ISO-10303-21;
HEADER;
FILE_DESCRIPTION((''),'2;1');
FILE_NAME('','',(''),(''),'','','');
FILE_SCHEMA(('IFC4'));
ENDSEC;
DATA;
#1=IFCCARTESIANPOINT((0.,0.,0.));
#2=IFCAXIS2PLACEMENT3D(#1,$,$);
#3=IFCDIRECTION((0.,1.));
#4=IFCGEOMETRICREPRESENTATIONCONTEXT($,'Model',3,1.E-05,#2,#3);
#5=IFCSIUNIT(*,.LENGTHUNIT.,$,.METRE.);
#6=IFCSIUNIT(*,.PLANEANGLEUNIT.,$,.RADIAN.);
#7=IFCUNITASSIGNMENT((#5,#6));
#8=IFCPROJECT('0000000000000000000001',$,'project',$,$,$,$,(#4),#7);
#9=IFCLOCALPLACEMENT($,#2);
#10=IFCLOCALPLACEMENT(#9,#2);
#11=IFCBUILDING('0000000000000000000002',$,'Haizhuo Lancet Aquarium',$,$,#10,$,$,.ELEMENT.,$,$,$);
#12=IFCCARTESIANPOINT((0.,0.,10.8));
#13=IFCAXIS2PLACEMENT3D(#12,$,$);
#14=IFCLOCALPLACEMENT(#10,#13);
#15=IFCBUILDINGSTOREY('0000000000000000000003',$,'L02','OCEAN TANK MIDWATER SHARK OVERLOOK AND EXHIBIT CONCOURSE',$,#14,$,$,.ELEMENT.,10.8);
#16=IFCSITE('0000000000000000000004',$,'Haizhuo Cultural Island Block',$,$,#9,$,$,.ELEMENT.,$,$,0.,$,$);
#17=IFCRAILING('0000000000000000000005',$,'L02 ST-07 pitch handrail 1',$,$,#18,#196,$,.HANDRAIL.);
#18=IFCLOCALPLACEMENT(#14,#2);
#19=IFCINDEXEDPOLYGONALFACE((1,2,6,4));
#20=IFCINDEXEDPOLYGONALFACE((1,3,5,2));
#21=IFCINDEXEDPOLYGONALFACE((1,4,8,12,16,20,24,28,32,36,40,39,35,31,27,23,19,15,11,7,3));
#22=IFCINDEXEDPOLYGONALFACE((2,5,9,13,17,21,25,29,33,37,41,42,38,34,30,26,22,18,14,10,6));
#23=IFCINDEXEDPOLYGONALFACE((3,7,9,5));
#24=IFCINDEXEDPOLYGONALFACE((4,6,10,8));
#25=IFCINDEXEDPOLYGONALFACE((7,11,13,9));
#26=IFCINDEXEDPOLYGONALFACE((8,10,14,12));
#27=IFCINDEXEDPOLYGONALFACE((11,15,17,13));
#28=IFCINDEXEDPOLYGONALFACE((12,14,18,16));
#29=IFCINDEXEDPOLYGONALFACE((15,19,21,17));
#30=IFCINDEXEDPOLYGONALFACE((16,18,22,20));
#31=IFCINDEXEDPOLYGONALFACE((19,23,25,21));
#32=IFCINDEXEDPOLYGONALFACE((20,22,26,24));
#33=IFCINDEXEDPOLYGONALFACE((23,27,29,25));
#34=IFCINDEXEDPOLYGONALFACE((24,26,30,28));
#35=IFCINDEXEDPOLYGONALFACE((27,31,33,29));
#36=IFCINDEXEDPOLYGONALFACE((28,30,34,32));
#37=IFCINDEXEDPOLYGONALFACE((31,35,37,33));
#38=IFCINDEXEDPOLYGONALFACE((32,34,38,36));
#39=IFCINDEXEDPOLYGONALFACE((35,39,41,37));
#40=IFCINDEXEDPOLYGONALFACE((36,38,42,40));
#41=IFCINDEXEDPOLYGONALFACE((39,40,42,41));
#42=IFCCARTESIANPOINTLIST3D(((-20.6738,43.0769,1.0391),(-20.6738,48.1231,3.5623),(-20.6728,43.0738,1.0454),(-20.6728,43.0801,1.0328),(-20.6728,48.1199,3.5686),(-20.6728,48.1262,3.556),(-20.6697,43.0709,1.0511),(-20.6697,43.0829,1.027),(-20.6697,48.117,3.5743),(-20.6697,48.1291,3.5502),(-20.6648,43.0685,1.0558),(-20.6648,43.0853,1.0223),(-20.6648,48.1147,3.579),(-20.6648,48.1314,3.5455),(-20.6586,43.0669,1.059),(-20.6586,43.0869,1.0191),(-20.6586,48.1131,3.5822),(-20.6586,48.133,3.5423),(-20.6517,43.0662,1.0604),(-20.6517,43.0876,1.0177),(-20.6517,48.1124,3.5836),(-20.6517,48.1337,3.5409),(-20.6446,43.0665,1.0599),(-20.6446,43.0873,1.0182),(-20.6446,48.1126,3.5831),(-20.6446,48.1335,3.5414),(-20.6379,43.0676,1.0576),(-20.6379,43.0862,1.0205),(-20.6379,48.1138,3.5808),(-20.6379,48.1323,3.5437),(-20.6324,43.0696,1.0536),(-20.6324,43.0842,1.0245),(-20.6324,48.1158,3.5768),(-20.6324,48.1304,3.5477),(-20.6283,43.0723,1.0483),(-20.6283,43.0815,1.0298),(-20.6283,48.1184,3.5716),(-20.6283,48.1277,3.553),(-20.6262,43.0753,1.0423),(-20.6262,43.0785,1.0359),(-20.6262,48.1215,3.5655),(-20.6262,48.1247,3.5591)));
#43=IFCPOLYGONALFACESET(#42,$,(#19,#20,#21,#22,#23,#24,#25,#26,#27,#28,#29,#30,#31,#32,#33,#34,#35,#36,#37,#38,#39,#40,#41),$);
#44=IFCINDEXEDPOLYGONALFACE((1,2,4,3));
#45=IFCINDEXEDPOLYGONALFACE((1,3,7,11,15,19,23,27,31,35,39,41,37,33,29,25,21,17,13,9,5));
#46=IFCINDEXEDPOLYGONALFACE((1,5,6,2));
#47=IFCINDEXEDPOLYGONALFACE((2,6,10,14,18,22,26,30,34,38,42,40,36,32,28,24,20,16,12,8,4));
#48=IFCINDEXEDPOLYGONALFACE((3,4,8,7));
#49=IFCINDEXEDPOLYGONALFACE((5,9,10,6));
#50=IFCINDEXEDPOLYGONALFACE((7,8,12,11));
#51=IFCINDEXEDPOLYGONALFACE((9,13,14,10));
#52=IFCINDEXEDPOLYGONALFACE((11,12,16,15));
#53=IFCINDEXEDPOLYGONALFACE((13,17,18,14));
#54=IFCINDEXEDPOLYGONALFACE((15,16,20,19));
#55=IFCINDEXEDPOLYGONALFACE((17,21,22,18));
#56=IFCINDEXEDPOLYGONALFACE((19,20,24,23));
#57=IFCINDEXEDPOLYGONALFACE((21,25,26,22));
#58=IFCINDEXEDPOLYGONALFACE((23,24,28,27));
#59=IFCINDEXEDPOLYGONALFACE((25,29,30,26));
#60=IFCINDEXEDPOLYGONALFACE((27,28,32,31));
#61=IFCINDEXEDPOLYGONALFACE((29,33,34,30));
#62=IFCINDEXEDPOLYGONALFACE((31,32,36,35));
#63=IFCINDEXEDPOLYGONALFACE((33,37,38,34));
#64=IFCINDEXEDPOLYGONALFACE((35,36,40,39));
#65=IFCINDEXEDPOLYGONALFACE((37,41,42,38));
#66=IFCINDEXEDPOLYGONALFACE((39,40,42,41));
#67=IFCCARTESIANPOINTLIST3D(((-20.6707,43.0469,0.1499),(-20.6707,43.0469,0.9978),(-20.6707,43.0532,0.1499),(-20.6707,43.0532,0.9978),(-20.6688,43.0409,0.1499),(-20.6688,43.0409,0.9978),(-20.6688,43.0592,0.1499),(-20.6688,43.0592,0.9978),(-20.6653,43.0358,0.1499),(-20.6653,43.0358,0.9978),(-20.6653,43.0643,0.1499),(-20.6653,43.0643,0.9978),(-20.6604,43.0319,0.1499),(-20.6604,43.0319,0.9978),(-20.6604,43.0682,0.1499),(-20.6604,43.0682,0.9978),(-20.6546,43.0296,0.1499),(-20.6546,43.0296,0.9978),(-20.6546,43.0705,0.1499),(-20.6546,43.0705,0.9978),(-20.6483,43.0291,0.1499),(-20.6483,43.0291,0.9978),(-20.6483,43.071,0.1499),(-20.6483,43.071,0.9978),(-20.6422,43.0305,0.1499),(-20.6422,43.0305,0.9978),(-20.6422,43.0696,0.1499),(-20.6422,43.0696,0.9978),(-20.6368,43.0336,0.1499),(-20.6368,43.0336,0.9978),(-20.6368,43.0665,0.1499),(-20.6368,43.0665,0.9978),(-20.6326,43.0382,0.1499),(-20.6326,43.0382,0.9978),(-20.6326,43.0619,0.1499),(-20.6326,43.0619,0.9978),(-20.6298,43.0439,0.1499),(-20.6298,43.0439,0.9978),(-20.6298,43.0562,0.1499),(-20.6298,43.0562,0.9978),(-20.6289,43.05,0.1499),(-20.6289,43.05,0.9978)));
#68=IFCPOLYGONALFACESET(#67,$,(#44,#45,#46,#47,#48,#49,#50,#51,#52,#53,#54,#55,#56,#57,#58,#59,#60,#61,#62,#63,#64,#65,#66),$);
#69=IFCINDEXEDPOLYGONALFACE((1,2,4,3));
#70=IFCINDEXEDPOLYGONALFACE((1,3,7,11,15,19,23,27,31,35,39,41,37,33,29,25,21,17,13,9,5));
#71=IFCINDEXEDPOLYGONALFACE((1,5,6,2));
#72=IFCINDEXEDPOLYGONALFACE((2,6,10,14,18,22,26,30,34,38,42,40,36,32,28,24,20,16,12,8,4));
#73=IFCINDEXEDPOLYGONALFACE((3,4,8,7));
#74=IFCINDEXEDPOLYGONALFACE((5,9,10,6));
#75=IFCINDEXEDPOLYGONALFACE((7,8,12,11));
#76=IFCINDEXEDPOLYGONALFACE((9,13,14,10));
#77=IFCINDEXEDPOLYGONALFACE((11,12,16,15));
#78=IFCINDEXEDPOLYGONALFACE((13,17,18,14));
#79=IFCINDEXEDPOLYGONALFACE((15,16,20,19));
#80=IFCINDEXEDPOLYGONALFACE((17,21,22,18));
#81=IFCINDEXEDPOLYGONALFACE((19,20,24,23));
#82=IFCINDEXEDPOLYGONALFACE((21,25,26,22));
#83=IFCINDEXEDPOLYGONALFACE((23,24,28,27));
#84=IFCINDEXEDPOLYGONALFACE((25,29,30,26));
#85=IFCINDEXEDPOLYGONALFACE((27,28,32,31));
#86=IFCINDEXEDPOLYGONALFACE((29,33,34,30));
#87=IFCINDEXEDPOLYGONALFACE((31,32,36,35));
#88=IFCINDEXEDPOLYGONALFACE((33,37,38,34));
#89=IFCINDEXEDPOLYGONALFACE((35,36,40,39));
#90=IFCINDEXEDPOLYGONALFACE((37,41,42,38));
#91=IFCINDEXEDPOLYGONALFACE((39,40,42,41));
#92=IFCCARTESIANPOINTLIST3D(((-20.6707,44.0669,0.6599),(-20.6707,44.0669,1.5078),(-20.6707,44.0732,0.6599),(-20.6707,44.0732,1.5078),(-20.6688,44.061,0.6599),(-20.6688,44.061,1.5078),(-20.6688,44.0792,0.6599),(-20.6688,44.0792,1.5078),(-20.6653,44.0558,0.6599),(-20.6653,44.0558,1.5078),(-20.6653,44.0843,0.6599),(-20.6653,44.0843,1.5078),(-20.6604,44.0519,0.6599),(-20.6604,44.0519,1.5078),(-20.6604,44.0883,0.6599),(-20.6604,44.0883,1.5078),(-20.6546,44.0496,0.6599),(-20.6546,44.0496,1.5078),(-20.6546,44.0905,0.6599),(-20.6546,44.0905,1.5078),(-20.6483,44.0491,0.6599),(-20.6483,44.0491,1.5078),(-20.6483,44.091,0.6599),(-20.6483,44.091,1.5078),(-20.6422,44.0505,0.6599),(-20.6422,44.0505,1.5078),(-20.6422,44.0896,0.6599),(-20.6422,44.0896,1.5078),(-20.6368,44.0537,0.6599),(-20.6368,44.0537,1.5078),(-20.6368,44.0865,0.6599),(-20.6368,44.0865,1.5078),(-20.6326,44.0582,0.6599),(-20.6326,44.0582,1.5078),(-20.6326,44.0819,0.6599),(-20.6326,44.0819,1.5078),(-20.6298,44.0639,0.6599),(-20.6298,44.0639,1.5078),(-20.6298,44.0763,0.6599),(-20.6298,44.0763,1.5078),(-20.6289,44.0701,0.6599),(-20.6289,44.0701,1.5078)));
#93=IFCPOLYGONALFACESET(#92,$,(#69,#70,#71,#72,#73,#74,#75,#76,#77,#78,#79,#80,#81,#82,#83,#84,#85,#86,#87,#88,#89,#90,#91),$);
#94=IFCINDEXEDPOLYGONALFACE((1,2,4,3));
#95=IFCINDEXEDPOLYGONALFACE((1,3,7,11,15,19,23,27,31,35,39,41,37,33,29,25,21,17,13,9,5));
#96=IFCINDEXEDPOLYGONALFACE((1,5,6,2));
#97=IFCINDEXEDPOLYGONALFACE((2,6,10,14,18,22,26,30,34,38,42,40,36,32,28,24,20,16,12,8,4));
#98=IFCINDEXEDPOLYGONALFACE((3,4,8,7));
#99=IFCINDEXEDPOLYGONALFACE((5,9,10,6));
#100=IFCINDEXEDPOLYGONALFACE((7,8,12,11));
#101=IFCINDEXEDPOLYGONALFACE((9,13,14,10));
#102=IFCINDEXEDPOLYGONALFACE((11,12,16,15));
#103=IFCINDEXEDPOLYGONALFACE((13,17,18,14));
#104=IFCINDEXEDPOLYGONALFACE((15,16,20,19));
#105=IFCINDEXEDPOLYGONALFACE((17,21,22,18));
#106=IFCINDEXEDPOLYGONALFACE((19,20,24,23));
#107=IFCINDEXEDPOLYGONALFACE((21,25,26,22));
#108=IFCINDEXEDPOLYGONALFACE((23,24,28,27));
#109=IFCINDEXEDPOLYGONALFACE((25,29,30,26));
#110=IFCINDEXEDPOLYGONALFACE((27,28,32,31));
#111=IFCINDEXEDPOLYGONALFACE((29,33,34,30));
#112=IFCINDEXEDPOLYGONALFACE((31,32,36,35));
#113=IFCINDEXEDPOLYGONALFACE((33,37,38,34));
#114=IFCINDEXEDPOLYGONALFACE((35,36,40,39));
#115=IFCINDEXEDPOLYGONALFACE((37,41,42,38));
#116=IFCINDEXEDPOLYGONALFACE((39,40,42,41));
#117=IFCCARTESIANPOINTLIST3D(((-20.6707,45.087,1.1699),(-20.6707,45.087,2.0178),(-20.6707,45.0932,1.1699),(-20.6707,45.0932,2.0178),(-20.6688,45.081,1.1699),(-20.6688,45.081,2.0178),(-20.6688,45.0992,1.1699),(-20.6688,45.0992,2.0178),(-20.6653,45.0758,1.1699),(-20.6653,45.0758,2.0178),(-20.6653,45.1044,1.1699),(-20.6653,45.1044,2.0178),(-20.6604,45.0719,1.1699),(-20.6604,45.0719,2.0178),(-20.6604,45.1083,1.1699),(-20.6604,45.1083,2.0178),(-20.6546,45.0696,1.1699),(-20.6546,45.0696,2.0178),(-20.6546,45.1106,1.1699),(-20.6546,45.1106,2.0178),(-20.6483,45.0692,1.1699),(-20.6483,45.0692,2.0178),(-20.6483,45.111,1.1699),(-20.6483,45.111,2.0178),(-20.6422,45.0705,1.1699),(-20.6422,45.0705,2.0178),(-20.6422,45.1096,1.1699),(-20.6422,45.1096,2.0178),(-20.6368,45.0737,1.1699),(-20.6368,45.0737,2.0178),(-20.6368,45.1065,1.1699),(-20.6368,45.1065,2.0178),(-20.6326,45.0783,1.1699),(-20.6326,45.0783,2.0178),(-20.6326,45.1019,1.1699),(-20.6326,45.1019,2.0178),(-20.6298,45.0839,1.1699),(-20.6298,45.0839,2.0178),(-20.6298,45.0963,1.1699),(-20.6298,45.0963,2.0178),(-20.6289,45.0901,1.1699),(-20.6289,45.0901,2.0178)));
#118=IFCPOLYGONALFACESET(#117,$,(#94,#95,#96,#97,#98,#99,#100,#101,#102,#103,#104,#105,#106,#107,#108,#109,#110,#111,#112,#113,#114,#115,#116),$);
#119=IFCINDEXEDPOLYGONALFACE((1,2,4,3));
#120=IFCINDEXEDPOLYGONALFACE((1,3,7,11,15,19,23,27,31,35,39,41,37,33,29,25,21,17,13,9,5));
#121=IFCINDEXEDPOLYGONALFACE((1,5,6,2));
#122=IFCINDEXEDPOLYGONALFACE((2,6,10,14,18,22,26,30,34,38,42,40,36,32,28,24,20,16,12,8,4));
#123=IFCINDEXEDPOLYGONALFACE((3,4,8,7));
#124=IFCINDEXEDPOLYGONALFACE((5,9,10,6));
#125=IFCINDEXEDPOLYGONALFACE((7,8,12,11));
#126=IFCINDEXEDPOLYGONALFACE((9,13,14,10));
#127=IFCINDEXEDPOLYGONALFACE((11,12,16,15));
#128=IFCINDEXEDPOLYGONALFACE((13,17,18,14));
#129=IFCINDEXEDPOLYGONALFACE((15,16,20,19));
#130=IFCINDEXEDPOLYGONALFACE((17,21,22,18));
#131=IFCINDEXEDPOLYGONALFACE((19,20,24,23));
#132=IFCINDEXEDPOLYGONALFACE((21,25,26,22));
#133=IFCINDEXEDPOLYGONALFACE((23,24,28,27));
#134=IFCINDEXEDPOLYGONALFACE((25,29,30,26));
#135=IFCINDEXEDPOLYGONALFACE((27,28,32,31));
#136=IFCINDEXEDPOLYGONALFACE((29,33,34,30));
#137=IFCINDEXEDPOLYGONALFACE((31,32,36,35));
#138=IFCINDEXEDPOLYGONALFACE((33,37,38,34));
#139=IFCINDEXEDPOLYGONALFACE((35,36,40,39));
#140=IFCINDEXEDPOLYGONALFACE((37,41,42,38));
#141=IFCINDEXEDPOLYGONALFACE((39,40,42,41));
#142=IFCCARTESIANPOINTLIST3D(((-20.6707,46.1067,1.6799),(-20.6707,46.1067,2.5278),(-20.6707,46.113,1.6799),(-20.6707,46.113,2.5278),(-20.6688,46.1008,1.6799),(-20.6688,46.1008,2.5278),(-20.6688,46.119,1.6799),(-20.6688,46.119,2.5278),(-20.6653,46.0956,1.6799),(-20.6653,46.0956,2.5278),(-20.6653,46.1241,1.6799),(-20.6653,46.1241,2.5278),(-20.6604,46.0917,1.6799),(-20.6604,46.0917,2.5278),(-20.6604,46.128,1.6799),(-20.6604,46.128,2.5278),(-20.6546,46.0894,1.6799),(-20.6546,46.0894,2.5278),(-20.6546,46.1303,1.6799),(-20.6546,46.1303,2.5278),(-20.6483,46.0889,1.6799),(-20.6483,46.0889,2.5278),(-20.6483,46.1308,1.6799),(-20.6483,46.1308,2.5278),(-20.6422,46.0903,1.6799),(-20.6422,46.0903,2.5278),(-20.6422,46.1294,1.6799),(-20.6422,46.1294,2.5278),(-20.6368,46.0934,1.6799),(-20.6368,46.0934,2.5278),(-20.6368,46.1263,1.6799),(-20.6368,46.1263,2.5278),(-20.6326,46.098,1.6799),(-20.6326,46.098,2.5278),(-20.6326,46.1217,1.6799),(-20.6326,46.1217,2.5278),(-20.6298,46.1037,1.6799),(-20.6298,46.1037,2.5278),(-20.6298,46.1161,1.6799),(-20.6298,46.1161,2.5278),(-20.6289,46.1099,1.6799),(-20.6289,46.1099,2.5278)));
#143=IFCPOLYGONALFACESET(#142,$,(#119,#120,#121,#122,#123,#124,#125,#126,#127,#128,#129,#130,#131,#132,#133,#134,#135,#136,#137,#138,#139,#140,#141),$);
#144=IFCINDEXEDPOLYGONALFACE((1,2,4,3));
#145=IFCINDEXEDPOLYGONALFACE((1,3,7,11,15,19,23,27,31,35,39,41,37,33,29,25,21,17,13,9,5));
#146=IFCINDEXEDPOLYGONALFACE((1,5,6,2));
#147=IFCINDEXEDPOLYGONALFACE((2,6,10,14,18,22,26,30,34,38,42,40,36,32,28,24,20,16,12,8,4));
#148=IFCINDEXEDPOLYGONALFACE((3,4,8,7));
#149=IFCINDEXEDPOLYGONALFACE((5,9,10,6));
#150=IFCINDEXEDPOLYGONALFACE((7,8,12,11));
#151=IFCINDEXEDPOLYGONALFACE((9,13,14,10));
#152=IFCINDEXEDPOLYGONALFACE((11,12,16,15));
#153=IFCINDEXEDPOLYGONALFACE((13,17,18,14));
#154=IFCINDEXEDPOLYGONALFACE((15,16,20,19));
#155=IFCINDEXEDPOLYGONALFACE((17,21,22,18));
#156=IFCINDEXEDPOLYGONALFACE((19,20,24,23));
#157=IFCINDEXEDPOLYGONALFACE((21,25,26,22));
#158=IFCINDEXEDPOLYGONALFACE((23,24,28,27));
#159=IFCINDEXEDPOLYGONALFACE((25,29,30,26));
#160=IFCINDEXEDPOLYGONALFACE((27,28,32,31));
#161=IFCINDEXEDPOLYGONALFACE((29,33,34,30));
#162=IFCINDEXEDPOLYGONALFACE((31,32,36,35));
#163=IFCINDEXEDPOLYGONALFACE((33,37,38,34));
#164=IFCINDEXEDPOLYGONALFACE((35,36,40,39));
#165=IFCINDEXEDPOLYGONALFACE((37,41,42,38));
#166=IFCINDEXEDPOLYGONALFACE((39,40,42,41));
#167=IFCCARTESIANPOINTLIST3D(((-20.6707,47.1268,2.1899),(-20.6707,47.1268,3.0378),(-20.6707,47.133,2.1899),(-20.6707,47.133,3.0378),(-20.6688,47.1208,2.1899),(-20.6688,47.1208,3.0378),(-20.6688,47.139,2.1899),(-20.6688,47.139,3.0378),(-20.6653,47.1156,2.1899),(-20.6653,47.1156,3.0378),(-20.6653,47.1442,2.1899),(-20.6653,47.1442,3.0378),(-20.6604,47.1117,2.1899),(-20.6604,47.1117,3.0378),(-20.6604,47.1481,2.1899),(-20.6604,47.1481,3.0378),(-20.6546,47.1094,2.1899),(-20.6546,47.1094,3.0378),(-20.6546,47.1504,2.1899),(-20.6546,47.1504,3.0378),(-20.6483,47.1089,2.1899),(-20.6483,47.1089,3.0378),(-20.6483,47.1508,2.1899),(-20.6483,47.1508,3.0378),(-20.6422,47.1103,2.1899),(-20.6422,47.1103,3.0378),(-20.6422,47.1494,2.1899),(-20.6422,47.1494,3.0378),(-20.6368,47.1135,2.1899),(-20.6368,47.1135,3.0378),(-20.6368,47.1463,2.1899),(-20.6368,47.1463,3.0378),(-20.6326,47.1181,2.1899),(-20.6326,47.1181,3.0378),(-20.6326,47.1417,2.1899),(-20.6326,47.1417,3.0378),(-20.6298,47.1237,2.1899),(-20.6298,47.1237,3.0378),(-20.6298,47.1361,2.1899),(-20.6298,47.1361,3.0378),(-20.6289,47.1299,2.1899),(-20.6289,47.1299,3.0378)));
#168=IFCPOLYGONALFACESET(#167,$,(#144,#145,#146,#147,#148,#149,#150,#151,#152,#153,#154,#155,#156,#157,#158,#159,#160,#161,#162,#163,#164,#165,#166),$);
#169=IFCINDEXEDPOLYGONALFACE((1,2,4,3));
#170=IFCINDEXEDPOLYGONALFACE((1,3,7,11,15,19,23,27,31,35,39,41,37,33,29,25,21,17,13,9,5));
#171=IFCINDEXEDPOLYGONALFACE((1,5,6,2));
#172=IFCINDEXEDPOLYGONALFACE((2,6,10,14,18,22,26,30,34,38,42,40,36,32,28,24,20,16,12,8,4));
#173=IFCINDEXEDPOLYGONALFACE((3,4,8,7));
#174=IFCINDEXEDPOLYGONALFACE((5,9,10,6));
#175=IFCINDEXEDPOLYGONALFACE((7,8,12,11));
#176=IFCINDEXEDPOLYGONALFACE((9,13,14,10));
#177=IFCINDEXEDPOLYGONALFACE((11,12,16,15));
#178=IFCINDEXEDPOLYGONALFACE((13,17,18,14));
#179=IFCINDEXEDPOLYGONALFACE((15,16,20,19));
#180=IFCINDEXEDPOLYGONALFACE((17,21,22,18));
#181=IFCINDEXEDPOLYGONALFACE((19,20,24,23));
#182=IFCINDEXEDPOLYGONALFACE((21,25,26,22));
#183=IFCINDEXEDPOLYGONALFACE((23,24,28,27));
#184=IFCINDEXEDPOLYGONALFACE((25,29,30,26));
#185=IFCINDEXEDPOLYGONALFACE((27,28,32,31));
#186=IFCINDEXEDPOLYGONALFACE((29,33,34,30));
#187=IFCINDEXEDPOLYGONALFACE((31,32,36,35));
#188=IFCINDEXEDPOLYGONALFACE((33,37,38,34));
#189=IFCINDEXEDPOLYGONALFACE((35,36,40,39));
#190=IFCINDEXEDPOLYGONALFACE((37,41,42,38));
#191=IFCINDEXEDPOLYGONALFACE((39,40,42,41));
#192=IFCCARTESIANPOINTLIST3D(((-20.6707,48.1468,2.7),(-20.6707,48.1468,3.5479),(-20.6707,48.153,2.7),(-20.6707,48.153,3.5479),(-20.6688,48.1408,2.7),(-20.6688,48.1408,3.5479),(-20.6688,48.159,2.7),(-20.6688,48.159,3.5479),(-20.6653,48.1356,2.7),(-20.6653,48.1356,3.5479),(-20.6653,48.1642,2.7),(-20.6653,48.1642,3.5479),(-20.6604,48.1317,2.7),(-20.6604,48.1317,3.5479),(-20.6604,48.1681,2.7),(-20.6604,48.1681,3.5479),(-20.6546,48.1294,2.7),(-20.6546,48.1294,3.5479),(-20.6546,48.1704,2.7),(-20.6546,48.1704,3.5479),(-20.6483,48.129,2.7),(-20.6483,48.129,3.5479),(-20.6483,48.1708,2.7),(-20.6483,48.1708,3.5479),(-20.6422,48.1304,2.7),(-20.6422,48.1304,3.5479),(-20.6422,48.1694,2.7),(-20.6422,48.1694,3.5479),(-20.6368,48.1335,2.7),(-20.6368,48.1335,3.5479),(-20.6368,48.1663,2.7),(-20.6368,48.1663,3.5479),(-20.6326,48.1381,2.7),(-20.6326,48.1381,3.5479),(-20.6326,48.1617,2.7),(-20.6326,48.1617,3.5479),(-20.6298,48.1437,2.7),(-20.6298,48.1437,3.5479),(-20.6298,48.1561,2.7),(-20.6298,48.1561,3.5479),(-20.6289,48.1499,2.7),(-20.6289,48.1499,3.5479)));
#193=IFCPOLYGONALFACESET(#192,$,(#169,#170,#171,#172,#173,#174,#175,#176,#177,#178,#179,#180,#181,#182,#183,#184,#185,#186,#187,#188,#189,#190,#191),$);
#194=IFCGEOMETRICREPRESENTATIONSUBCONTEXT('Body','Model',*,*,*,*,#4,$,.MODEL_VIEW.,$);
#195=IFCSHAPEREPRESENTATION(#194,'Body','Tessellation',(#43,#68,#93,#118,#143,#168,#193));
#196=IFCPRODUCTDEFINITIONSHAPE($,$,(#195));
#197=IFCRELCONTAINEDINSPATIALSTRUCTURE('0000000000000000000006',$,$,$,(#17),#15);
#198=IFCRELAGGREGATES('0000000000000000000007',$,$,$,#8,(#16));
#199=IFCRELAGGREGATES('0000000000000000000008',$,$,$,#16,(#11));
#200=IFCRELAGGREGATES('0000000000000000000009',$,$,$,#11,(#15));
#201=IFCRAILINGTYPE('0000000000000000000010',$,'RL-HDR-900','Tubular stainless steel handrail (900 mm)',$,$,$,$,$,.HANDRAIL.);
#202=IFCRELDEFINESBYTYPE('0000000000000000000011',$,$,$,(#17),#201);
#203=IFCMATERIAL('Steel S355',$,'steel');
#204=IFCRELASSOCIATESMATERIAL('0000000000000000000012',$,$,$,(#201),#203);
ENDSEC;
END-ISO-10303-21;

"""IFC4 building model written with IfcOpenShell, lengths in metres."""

from ifc_helpers import new_model, si_unit, direction, frame, origin, origin_2d, place, context, subcontext, project, spatial, circle, extrude, material, type_object, element, save


model = new_model("IFC4")

# Units and contexts
model_context = context("Model", 3, precision=1e-05, world=origin(), true_north=direction((0.0, 1.0)))
body_context = subcontext(model_context, "Body", "Model", "MODEL_VIEW")
ifc_project = project(units=[si_unit("LENGTHUNIT", "METRE"), si_unit("PLANEANGLEUNIT", "RADIAN")], contexts=[model_context])

# Site, building, storey
site_placement = place(None, origin())
site = spatial("IfcSite", under=ifc_project, at=site_placement, Name="Haizhuo Cultural Island Block", CompositionType="ELEMENT", RefElevation=0.0)
building_placement = place(site_placement, origin())
building = spatial("IfcBuilding", under=site, at=building_placement, Name="Haizhuo Lancet Aquarium", CompositionType="ELEMENT")
storey_placement = place(building_placement, frame((0.0, 0.0, 10.8)))
storey = spatial("IfcBuildingStorey", under=building, at=storey_placement, Name="L02", Description="OCEAN TANK MIDWATER SHARK OVERLOOK AND EXHIBIT CONCOURSE", CompositionType="ELEMENT", Elevation=10.8)

# Shared definitions
ifc_material_1 = material(Name="Steel S355", Category="steel")

# Railing
railing_type_1 = type_object("IfcRailingType", Name="RL-HDR-900", Description="Tubular stainless steel handrail (900 mm)", PredefinedType="HANDRAIL", material=ifc_material_1)
railing_1_placement = place(storey_placement, frame((-20.6499, 43.05, 0.1499)))
element("IfcRailing", 1, at=railing_1_placement, inside=storey, type_object=railing_type_1, Name="L02 ST-07 pitch handrail 1", PredefinedType="HANDRAIL", context=body_context, shape_type="SweptSolid", body=[
    extrude(circle(Radius=0.0239, at=origin_2d()), frame((0.0, 0.0269, 0.8892), z_axis=(0.0, 0.894419, 0.447231), x_axis=(-1.0, 0.0, 0.0)), (0.0, 0.0, 1.0), 5.6418),
    extrude(circle(Radius=0.021, at=origin_2d()), origin(), (0.0, 0.0, 1.0), 0.8479),
    extrude(circle(Radius=0.021, at=origin_2d()), frame((0.0, 1.02, 0.51)), (0.0, 0.0, 1.0), 0.8479),
    extrude(circle(Radius=0.021, at=origin_2d()), frame((0.0, 2.04, 1.02)), (0.0, 0.0, 1.0), 0.8479),
    extrude(circle(Radius=0.021, at=origin_2d()), frame((0.0, 3.0598, 1.53)), (0.0, 0.0, 1.0), 0.8479),
    extrude(circle(Radius=0.021, at=origin_2d()), frame((0.0, 4.0798, 2.04)), (0.0, 0.0, 1.0), 0.8479),
    extrude(circle(Radius=0.021, at=origin_2d()), frame((0.0, 5.0999, 2.55)), (0.0, 0.0, 1.0), 0.8479),
])

save(model, "model.ifc")
